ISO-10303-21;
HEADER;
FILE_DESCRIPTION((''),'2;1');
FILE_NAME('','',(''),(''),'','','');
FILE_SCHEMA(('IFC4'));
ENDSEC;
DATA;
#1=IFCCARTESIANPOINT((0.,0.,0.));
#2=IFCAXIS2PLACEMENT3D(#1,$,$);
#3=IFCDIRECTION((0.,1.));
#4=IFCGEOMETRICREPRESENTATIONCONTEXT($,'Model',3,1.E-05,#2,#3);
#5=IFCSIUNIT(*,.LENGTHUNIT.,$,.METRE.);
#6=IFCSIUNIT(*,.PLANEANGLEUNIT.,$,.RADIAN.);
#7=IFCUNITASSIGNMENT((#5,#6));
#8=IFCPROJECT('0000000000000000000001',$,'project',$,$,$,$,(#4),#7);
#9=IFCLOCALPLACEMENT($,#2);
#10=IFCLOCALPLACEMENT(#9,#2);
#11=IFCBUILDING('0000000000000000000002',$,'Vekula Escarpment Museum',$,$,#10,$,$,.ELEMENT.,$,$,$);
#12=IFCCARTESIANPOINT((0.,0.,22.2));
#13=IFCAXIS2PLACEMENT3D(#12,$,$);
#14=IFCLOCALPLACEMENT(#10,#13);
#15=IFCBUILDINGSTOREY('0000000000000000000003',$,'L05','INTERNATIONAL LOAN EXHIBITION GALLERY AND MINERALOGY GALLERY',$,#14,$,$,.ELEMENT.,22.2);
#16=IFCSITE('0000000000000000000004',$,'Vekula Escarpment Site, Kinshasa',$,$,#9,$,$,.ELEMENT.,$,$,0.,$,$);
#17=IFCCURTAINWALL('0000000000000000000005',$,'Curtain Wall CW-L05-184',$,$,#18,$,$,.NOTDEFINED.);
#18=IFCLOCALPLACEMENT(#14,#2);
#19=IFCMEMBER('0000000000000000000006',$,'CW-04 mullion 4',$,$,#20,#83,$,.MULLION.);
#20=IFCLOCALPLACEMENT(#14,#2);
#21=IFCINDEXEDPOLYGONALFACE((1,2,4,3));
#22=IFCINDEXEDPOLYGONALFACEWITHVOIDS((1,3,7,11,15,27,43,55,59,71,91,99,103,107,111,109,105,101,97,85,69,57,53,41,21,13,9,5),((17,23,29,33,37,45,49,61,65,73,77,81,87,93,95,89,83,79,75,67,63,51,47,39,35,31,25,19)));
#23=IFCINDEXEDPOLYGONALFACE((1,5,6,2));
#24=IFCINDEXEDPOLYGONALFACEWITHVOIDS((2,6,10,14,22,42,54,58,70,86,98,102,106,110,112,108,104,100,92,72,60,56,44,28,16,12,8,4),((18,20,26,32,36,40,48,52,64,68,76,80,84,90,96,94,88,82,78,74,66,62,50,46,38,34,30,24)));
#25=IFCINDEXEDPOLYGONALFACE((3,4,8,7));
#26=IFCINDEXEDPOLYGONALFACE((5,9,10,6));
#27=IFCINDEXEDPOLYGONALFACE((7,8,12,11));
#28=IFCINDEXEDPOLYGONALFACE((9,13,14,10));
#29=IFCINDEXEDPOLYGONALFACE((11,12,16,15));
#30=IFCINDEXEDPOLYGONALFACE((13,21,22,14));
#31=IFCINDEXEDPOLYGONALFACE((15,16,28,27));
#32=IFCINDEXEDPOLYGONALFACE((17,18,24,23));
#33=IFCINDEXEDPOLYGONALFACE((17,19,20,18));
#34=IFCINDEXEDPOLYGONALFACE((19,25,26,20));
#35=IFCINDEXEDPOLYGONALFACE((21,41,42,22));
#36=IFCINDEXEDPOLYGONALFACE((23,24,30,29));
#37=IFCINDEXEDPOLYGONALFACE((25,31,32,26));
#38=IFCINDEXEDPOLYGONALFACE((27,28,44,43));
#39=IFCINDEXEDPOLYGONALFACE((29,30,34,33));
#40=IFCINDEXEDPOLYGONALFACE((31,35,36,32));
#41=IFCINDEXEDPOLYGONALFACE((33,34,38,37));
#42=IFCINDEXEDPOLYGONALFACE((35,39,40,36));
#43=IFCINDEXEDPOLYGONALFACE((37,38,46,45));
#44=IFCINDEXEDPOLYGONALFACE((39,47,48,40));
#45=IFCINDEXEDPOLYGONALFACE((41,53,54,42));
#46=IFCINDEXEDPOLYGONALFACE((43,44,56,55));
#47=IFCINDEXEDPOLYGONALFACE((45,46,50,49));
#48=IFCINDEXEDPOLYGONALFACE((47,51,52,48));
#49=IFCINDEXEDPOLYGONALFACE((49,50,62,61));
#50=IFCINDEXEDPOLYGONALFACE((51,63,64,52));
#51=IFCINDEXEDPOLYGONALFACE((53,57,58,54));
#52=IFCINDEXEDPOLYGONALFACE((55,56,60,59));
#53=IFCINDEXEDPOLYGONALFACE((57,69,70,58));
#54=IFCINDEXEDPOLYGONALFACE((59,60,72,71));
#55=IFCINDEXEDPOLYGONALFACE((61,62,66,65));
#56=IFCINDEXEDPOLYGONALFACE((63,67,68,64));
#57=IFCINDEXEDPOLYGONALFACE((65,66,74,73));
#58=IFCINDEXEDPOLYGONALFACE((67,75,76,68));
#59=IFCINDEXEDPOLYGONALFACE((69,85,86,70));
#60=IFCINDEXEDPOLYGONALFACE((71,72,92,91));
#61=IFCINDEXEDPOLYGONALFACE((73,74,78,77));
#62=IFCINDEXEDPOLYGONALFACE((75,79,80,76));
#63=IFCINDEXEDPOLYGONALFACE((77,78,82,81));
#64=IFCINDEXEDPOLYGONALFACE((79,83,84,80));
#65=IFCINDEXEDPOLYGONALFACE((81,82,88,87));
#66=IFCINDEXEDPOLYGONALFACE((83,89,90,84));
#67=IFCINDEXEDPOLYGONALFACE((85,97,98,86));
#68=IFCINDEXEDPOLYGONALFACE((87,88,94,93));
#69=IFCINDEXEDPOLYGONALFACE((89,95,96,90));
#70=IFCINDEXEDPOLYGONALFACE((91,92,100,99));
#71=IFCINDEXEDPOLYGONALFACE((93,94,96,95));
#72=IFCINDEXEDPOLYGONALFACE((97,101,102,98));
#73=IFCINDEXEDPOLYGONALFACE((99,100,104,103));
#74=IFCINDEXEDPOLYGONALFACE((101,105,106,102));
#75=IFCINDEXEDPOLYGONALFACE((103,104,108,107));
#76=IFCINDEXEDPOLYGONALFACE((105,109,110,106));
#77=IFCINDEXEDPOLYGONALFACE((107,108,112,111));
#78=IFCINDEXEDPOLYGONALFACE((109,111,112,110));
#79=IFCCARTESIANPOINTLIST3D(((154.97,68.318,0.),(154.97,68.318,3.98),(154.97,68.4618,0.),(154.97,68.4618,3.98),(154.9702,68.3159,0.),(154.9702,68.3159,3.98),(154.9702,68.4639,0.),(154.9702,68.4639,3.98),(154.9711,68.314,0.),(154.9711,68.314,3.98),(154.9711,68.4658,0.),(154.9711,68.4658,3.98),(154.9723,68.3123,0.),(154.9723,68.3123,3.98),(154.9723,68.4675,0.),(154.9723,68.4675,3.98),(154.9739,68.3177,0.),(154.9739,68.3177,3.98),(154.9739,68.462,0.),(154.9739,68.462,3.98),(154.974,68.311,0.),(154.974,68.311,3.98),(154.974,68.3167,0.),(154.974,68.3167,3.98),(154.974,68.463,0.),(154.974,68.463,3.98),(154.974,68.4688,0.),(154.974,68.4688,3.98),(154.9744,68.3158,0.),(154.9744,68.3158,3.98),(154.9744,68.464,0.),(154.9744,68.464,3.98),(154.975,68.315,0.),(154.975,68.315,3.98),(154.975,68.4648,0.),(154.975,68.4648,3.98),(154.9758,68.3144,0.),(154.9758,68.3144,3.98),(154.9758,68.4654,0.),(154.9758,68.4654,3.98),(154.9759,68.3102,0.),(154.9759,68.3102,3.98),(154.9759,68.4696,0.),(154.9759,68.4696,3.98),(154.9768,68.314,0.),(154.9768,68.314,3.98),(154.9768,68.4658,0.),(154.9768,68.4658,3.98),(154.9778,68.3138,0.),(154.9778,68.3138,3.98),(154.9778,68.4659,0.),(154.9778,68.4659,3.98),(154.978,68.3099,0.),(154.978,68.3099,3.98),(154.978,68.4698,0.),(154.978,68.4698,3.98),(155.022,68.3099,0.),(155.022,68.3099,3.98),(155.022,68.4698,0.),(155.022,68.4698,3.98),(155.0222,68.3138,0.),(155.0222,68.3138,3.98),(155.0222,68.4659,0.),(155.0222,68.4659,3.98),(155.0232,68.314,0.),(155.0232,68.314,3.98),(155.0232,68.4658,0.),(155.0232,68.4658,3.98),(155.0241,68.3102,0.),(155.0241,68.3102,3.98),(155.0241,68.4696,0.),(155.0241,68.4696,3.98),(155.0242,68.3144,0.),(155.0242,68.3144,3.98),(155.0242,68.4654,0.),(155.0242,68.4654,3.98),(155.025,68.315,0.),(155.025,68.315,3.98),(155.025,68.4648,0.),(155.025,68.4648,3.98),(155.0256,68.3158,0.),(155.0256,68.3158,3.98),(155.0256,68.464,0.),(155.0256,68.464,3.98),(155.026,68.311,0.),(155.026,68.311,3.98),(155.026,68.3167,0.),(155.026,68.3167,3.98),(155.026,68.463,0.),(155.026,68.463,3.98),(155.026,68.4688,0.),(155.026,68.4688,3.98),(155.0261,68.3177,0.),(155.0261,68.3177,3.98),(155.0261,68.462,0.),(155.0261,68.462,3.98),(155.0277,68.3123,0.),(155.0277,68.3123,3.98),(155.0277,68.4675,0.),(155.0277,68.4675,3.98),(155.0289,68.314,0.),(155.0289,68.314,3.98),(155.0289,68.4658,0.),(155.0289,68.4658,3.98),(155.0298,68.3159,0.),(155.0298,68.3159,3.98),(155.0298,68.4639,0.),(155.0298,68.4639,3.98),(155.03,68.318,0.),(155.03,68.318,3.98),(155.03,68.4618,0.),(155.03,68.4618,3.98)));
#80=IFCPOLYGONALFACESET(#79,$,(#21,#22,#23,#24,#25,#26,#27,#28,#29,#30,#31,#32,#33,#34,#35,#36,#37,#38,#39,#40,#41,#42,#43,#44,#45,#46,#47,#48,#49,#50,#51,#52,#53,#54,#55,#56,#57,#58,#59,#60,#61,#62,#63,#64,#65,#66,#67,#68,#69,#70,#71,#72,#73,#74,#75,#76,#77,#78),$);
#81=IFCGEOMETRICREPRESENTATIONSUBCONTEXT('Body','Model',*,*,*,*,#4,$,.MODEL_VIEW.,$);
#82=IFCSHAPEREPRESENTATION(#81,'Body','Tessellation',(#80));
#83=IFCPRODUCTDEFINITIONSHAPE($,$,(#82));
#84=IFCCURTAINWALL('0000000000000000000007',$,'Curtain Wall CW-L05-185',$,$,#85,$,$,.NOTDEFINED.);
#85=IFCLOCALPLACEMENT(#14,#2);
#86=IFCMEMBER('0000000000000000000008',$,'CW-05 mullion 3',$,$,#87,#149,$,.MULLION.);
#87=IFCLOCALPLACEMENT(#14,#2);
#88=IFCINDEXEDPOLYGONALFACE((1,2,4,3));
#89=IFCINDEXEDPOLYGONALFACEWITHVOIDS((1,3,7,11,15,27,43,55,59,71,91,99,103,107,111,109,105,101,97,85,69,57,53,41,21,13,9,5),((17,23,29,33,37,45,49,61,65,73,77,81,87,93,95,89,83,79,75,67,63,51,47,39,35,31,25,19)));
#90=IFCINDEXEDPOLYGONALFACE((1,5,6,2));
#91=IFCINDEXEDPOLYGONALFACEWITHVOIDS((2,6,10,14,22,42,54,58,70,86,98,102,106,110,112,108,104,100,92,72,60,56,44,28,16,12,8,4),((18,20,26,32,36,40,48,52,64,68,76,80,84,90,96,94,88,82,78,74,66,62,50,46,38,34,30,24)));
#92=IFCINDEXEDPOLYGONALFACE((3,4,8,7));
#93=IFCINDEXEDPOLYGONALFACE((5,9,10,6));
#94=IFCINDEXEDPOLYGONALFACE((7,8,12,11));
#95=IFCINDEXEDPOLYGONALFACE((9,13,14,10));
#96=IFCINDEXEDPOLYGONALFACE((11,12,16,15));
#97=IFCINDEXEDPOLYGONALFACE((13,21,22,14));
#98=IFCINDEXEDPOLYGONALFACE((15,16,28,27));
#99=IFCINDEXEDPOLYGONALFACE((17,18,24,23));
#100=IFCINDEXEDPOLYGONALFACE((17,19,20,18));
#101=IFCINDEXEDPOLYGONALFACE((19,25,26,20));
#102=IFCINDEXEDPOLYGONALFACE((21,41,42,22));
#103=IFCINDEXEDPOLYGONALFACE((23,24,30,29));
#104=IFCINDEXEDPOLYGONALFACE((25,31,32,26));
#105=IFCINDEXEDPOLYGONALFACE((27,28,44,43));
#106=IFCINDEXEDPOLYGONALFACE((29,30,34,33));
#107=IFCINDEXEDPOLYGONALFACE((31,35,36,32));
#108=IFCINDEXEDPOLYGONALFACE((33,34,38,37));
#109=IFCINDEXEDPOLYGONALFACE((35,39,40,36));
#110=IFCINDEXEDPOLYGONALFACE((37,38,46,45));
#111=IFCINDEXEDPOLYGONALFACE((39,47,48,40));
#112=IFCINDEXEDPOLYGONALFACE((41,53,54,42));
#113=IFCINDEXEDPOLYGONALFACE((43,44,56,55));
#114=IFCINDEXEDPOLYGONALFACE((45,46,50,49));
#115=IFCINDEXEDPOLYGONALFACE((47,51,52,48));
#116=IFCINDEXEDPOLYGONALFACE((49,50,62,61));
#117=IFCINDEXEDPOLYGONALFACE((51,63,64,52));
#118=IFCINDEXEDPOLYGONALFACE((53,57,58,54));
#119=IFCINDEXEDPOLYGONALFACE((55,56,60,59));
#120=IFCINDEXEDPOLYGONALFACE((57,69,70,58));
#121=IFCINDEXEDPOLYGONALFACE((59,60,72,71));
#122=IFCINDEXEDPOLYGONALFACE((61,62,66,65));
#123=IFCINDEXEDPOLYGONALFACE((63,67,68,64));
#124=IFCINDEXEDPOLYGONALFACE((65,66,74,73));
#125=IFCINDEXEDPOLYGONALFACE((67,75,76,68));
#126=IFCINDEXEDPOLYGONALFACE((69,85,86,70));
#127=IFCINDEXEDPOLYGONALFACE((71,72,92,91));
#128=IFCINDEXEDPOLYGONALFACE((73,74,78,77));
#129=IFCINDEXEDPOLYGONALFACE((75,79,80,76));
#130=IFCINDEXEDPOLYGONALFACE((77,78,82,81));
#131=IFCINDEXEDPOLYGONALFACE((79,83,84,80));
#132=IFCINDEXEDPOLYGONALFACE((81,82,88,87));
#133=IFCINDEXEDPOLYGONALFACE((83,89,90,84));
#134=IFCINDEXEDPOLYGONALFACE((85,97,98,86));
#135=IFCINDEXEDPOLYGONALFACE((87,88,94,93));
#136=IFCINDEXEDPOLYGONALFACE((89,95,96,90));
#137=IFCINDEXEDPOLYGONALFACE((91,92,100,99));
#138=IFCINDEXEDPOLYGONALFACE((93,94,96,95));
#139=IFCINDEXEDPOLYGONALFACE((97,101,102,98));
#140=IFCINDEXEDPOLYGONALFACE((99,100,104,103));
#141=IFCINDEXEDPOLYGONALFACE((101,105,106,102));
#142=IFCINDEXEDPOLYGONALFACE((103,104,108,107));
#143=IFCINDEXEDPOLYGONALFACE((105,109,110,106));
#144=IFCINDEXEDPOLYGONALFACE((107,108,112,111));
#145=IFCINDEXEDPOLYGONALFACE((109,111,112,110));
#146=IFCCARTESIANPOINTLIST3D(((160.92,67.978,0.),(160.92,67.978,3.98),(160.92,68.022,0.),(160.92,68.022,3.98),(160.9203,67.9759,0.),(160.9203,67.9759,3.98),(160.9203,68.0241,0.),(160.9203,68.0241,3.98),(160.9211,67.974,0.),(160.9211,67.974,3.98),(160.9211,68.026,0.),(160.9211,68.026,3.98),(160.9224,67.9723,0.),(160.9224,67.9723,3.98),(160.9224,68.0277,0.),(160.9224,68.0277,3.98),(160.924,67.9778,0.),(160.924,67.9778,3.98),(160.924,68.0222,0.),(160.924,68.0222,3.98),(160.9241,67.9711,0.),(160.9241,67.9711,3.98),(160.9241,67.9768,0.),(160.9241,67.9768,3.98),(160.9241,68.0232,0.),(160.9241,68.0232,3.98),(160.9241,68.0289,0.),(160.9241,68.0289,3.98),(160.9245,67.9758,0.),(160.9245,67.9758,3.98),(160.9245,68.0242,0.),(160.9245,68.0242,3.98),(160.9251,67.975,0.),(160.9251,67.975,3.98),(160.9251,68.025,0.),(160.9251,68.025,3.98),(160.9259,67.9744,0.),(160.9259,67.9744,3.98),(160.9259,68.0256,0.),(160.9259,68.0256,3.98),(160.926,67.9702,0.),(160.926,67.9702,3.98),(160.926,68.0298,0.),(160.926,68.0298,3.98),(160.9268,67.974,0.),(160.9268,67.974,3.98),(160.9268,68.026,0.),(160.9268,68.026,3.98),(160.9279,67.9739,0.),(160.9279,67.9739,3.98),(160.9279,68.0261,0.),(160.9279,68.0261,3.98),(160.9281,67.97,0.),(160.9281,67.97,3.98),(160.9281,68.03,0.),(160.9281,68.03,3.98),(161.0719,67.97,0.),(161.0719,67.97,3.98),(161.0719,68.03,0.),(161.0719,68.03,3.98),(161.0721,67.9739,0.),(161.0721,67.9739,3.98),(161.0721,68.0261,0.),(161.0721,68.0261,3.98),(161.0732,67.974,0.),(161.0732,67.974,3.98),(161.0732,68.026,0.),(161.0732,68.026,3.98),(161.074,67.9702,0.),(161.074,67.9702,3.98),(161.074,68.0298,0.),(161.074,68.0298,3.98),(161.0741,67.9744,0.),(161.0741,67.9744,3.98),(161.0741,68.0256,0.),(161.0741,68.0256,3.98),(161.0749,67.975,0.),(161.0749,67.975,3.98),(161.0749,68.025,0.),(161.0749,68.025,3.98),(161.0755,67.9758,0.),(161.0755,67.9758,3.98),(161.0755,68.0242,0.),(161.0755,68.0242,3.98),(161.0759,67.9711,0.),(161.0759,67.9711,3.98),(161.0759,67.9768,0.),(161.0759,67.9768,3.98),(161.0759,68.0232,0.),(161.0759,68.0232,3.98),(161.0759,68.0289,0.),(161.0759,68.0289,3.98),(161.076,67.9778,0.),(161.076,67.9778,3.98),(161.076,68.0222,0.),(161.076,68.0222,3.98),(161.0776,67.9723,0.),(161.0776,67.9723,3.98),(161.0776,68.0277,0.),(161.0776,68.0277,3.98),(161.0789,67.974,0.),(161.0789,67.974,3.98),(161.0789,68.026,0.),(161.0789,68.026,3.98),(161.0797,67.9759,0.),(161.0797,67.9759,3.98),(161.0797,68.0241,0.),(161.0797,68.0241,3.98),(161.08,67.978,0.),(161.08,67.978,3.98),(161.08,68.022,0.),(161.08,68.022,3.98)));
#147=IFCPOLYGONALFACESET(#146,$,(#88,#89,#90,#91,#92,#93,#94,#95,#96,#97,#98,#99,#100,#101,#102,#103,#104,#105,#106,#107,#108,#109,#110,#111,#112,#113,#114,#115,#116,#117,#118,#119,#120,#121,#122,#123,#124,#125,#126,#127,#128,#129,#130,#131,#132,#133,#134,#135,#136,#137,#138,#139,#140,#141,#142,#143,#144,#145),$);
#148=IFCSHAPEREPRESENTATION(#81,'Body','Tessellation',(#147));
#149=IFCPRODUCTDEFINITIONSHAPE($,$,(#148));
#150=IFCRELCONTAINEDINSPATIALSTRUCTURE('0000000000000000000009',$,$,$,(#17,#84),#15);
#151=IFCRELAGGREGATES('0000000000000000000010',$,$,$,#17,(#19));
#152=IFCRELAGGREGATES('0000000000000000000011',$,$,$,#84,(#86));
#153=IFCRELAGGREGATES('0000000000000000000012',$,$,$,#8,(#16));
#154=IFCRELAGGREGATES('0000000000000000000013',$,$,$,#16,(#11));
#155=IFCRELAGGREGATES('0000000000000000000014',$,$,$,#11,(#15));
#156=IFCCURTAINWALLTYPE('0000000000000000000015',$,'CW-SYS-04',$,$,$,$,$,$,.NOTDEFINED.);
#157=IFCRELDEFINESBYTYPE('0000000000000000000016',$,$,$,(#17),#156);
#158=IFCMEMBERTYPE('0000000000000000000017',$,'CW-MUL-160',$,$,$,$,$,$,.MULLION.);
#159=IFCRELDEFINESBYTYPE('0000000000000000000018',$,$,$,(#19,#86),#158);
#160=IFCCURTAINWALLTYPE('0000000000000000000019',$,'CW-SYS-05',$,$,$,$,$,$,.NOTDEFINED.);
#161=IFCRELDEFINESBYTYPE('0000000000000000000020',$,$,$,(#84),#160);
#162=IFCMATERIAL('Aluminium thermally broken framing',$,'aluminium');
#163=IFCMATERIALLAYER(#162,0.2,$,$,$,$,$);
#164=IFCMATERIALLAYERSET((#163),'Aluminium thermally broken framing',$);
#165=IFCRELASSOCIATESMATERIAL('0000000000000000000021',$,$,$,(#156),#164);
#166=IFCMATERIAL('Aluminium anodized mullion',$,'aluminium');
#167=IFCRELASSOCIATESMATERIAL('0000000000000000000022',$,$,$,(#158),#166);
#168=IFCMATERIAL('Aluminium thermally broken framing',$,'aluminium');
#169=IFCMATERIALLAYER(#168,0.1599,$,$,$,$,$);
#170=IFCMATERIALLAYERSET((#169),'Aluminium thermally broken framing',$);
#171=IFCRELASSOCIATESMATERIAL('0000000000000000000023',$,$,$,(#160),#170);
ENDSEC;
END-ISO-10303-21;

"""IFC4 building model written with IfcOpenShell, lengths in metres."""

from ifc_helpers import new_model, si_unit, direction, frame, origin, origin_2d, place, context, subcontext, project, spatial, hollow_rectangle, extrude, material, layer, layer_set, material_profile, profile_set, type_object, element, aggregate, save


model = new_model("IFC4")

# Units and contexts
model_context = context("Model", 3, precision=1e-05, world=origin(), true_north=direction((0.0, 1.0)))
body_context = subcontext(model_context, "Body", "Model", "MODEL_VIEW")
ifc_project = project(units=[si_unit("LENGTHUNIT", "METRE"), si_unit("PLANEANGLEUNIT", "RADIAN")], contexts=[model_context])

# Site, building, storey
site_placement = place(None, origin())
site = spatial("IfcSite", under=ifc_project, at=site_placement, Name="Vekula Escarpment Site, Kinshasa", CompositionType="ELEMENT", RefElevation=0.0)
building_placement = place(site_placement, origin())
building = spatial("IfcBuilding", under=site, at=building_placement, Name="Vekula Escarpment Museum", CompositionType="ELEMENT")
storey_placement = place(building_placement, frame((0.0, 0.0, 22.2)))
storey = spatial("IfcBuildingStorey", under=building, at=storey_placement, Name="L05", Description="INTERNATIONAL LOAN EXHIBITION GALLERY AND MINERALOGY GALLERY", CompositionType="ELEMENT", Elevation=22.2)

# Curtain wall, member
ifc_material_1 = material(Name="Aluminium thermally broken framing", Category="aluminium")
ifc_layer_1 = layer(ifc_material_1, 0.2)
ifc_layer_set_1 = layer_set([ifc_layer_1], Name="Aluminium thermally broken framing")
curtain_wall_type_1 = type_object("IfcCurtainWallType", Name="CW-SYS-04", PredefinedType="NOTDEFINED", material=ifc_layer_set_1)
curtain_wall_1_placement = place(storey_placement, origin())
curtain_wall_1 = element("IfcCurtainWall", 1, at=curtain_wall_1_placement, inside=storey, type_object=curtain_wall_type_1, Name="Curtain Wall CW-L05-184", PredefinedType="NOTDEFINED")
ifc_material_2 = material(Name="Aluminium anodized mullion", Category="aluminium")
ifc_material_profile_1 = material_profile(ifc_material_2, hollow_rectangle(XDim=0.0601, YDim=0.1599, WallThickness=0.0039, InnerFilletRadius=0.0039, OuterFilletRadius=0.0081, at=origin_2d()), Name="ALU 160x60x4")
ifc_profile_set_1 = profile_set([ifc_material_profile_1], Name="Aluminium anodized mullion")
member_type_1 = type_object("IfcMemberType", Name="CW-MUL-160", PredefinedType="MULLION", material=ifc_profile_set_1)
member_1_placement = place(storey_placement, frame((155.0, 68.3899, 0.0), z_axis=(0.0, 0.0, 1.0), x_axis=(1.0, 0.0, 0.0)))
member_1 = element("IfcMember", 2, at=member_1_placement, type_object=member_type_1, Name="CW-04 mullion 4", PredefinedType="MULLION", context=body_context, shape_type="SweptSolid", body=[
    extrude(hollow_rectangle(XDim=0.0601, YDim=0.1599, WallThickness=0.0039, InnerFilletRadius=0.0039, OuterFilletRadius=0.0081, at=origin_2d()), origin(), (0.0, 0.0, 1.0), 3.98),
])

# Curtain wall, member
ifc_material_3 = material(Name="Aluminium thermally broken framing", Category="aluminium")
ifc_layer_2 = layer(ifc_material_3, 0.1599)
ifc_layer_set_2 = layer_set([ifc_layer_2], Name="Aluminium thermally broken framing")
curtain_wall_type_2 = type_object("IfcCurtainWallType", Name="CW-SYS-05", PredefinedType="NOTDEFINED", material=ifc_layer_set_2)
curtain_wall_2_placement = place(storey_placement, origin())
curtain_wall_2 = element("IfcCurtainWall", 3, at=curtain_wall_2_placement, inside=storey, type_object=curtain_wall_type_2, Name="Curtain Wall CW-L05-185", PredefinedType="NOTDEFINED")
member_2_placement = place(storey_placement, frame((161.0, 68.0, 0.0), z_axis=(0.0, 0.0, 1.0), x_axis=(0.0, 1.0, 0.0)))
member_2 = element("IfcMember", 4, at=member_2_placement, type_object=member_type_1, Name="CW-05 mullion 3", PredefinedType="MULLION", context=body_context, shape_type="SweptSolid", body=[
    extrude(hollow_rectangle(XDim=0.0601, YDim=0.1599, WallThickness=0.0039, InnerFilletRadius=0.0039, OuterFilletRadius=0.0081, at=origin_2d()), origin(), (0.0, 0.0, 1.0), 3.98),
])

aggregate(curtain_wall_1, [member_1])
aggregate(curtain_wall_2, [member_2])

save(model, "model.ifc")
